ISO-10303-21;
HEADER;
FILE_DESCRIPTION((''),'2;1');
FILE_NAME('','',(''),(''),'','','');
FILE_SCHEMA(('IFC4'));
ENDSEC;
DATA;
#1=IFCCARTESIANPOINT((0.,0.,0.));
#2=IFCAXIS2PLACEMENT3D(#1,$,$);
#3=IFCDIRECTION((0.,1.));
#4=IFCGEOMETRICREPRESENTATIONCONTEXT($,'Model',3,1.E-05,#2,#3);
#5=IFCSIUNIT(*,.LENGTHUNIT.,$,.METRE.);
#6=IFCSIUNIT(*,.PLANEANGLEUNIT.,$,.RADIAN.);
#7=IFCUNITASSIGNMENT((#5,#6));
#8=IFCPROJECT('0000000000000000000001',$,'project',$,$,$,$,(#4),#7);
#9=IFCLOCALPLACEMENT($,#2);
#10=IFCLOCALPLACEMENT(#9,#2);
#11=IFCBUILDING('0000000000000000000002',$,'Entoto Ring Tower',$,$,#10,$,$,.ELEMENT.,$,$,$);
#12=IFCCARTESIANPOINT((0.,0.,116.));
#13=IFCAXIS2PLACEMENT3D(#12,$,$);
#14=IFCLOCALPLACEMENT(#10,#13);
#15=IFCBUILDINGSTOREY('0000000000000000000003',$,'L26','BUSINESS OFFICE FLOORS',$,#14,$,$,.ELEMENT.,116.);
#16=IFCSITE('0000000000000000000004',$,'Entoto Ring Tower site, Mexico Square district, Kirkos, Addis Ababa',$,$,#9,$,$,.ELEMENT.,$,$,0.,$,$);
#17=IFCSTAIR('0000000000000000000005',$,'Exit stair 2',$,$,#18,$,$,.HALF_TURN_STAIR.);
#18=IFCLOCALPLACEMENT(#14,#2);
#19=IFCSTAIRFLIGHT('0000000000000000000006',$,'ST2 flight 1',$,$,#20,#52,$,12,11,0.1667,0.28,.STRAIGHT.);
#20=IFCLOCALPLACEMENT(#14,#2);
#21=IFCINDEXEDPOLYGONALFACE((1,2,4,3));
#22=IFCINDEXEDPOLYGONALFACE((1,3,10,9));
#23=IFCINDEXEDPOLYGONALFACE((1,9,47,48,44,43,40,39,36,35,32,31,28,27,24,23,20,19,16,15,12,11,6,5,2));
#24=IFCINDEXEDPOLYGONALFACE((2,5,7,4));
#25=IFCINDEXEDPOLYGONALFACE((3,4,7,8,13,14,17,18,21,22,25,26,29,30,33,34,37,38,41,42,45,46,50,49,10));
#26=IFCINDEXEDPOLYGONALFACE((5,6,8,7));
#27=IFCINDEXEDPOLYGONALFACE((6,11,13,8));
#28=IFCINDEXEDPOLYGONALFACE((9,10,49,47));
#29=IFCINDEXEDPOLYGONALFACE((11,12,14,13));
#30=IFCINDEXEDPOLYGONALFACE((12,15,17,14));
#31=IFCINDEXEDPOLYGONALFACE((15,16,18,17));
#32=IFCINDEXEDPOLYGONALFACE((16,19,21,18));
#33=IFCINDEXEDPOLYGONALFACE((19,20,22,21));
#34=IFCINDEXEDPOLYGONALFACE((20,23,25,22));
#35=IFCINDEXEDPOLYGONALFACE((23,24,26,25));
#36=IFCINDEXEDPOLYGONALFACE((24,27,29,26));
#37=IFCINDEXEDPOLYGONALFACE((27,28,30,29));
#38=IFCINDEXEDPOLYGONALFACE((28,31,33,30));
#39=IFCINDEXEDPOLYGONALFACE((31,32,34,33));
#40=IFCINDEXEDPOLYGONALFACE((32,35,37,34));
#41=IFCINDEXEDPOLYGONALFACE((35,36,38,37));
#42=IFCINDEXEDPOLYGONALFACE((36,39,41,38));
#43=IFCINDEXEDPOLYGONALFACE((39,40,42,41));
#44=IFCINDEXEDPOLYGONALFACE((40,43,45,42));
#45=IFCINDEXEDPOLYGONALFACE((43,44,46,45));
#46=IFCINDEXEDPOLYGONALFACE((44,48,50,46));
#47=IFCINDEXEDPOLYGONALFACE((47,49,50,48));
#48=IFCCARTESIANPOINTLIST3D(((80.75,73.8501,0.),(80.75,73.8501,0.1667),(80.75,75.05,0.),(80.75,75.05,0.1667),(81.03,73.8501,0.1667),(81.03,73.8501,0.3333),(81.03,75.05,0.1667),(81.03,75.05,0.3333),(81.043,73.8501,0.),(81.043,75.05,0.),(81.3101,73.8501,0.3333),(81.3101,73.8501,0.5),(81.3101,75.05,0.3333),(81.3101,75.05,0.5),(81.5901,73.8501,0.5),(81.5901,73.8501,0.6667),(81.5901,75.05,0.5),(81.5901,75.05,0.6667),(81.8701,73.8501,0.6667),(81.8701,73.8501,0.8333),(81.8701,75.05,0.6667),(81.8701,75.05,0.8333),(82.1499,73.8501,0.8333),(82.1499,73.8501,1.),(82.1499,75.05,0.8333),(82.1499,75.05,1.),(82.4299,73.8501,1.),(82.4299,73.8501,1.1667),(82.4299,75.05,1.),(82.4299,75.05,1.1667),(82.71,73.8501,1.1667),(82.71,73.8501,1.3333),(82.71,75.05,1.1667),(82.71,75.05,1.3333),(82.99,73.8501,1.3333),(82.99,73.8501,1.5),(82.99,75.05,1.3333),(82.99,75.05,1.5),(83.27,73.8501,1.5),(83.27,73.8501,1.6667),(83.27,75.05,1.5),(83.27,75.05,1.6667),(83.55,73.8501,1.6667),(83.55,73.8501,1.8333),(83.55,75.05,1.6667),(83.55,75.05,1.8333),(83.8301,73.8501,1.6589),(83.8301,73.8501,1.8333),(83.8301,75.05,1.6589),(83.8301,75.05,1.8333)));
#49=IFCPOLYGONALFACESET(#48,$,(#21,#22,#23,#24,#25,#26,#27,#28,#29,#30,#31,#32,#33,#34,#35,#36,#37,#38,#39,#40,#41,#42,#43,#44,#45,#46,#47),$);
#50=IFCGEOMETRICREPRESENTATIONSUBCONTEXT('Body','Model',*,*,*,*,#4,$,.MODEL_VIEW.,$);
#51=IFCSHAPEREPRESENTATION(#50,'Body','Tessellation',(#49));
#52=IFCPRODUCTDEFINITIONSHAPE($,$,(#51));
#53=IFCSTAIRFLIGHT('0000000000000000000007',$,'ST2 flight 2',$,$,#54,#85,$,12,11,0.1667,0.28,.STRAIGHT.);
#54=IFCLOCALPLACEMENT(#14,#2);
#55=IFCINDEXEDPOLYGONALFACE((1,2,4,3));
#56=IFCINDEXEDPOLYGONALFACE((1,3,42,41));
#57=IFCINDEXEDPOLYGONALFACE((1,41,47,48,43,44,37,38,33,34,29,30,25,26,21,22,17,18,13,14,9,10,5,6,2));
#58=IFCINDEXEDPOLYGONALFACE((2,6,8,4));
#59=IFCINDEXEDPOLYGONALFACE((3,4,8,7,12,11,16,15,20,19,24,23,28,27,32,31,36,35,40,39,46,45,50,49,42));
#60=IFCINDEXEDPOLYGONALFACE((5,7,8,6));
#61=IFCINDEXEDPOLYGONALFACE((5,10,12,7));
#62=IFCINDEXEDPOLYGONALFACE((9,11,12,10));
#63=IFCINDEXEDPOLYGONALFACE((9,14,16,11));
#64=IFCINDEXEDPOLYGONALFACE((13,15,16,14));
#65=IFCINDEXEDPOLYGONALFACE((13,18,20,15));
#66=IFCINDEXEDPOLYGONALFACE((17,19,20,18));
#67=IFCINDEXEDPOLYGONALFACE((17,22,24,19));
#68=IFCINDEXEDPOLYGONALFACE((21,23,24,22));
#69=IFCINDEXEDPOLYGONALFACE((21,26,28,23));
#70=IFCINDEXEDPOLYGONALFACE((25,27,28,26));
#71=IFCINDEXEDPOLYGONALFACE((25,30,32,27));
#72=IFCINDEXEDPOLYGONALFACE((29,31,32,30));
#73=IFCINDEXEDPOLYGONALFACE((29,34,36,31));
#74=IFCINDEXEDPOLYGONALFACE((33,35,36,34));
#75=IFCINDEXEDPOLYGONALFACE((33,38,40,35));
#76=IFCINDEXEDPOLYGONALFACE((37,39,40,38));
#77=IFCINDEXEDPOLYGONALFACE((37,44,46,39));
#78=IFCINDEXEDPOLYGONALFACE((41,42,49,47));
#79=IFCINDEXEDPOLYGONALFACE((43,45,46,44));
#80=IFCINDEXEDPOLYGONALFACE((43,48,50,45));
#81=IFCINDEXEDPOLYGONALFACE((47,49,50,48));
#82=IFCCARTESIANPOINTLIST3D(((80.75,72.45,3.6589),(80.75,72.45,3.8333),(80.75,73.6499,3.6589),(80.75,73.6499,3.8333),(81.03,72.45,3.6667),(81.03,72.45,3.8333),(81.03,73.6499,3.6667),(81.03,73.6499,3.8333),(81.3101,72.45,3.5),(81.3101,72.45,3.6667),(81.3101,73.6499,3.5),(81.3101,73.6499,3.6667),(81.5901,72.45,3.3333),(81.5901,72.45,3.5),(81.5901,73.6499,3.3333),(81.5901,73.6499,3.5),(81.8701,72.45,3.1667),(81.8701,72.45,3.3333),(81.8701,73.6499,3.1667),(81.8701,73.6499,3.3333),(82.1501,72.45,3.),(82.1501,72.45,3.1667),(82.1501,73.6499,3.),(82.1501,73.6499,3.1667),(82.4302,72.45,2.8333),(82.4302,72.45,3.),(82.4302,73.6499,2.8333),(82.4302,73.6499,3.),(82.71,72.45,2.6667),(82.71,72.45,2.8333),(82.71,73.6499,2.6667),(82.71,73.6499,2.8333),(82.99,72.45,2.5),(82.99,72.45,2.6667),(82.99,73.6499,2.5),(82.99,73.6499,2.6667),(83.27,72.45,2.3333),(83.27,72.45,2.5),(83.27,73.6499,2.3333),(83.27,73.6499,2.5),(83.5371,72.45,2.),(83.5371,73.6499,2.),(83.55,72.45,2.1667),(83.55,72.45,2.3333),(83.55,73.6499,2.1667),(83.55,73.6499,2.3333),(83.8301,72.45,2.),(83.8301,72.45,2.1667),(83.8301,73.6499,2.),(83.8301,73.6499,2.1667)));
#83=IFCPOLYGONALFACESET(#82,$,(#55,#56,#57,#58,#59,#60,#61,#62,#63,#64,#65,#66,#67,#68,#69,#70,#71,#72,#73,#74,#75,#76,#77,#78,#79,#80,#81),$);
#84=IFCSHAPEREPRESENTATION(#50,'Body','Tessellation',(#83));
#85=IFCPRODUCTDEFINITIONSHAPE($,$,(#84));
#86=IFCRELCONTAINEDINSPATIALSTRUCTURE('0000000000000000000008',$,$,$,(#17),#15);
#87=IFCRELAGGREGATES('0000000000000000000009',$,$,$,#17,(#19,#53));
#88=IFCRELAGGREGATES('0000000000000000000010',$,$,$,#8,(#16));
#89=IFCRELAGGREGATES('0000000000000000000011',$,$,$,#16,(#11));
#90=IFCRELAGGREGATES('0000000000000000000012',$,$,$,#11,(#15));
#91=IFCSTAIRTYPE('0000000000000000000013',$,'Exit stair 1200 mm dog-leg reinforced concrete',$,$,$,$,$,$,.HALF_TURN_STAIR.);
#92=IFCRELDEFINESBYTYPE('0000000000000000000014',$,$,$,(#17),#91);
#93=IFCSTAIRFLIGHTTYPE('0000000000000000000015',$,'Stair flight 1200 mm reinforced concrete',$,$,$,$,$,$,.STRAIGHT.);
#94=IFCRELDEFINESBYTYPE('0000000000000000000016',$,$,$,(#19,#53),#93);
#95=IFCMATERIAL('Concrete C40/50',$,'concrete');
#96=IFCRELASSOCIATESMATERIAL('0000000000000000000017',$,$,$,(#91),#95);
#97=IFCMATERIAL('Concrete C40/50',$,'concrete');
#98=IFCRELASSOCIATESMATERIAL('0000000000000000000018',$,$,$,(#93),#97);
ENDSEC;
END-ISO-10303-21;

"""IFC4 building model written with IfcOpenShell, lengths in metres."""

from ifc_helpers import new_model, si_unit, direction, frame, origin, place, context, subcontext, project, spatial, polyline, outline, extrude, material, type_object, element, aggregate, save


model = new_model("IFC4")

# Units and contexts
model_context = context("Model", 3, precision=1e-05, world=origin(), true_north=direction((0.0, 1.0)))
body_context = subcontext(model_context, "Body", "Model", "MODEL_VIEW")
ifc_project = project(units=[si_unit("LENGTHUNIT", "METRE"), si_unit("PLANEANGLEUNIT", "RADIAN")], contexts=[model_context])

# Site, building, storey
site_placement = place(None, origin())
site = spatial("IfcSite", under=ifc_project, at=site_placement, Name="Entoto Ring Tower site, Mexico Square district, Kirkos, Addis Ababa", CompositionType="ELEMENT", RefElevation=0.0)
building_placement = place(site_placement, origin())
building = spatial("IfcBuilding", under=site, at=building_placement, Name="Entoto Ring Tower", CompositionType="ELEMENT")
storey_placement = place(building_placement, frame((0.0, 0.0, 116.0)))
storey = spatial("IfcBuildingStorey", under=building, at=storey_placement, Name="L26", Description="BUSINESS OFFICE FLOORS", CompositionType="ELEMENT", Elevation=116.0)

# Stair, stair flights
ifc_material_1 = material(Name="Concrete C40/50", Category="concrete")
stair_type = type_object("IfcStairType", Name="Exit stair 1200 mm dog-leg reinforced concrete", PredefinedType="HALF_TURN_STAIR", material=ifc_material_1)
stair_placement = place(storey_placement, origin())
stair = element("IfcStair", 1, at=stair_placement, inside=storey, type_object=stair_type, Name="Exit stair 2", PredefinedType="HALF_TURN_STAIR")
ifc_material_2 = material(Name="Concrete C40/50", Category="concrete")
stair_flight_type = type_object("IfcStairFlightType", Name="Stair flight 1200 mm reinforced concrete", PredefinedType="STRAIGHT", material=ifc_material_2)
stair_flight_1_placement = place(storey_placement, frame((80.75, 74.45, 0.0), z_axis=(0.0, 0.0, 1.0), x_axis=(1.0, 0.0, 0.0)))
stair_flight_1 = element("IfcStairFlight", 2, at=stair_flight_1_placement, type_object=stair_flight_type, Name="ST2 flight 1", NumberOfRisers=12, NumberOfTreads=11, PredefinedType="STRAIGHT", RiserHeight=0.1667, TreadLength=0.28, context=body_context, shape_type="SweptSolid", body=[
    extrude(outline(polyline([(0.0, 0.0), (0.0, 0.1667), (0.28, 0.1667), (0.28, 0.3333), (0.5601, 0.3333), (0.5601, 0.5), (0.8401, 0.5), (0.8401, 0.6667), (1.1201, 0.6667), (1.1201, 0.8333), (1.3999, 0.8333), (1.3999, 1.0), (1.6799, 1.0), (1.6799, 1.1667), (1.96, 1.1667), (1.96, 1.3333), (2.24, 1.3333), (2.24, 1.5), (2.52, 1.5), (2.52, 1.6667), (2.8, 1.6667), (2.8, 1.8333), (3.0801, 1.8333), (3.0801, 2.0), (3.0801, 1.6589), (0.293, 0.0), (0.0, 0.0)])), frame((0.0, 0.6001, 0.0), z_axis=(0.0, -1.0, 0.0), x_axis=(1.0, 0.0, 0.0)), (0.0, 0.0, 1.0), 1.2),
])
stair_flight_2_placement = place(storey_placement, frame((83.8301, 73.05, 2.0), z_axis=(0.0, 0.0, 1.0), x_axis=(-1.0, 0.0, 0.0)))
stair_flight_2 = element("IfcStairFlight", 3, at=stair_flight_2_placement, type_object=stair_flight_type, Name="ST2 flight 2", NumberOfRisers=12, NumberOfTreads=11, PredefinedType="STRAIGHT", RiserHeight=0.1667, TreadLength=0.28, context=body_context, shape_type="SweptSolid", body=[
    extrude(outline(polyline([(0.0, 0.0), (0.0, 0.1667), (0.28, 0.1667), (0.28, 0.3333), (0.5601, 0.3333), (0.5601, 0.5), (0.8401, 0.5), (0.8401, 0.6667), (1.1201, 0.6667), (1.1201, 0.8333), (1.3999, 0.8333), (1.3999, 1.0), (1.6799, 1.0), (1.6799, 1.1667), (1.96, 1.1667), (1.96, 1.3333), (2.24, 1.3333), (2.24, 1.5), (2.52, 1.5), (2.52, 1.6667), (2.8, 1.6667), (2.8, 1.8333), (3.0801, 1.8333), (3.0801, 2.0), (3.0801, 1.6589), (0.293, 0.0), (0.0, 0.0)])), frame((0.0, 0.6001, 0.0), z_axis=(0.0, -1.0, 0.0), x_axis=(1.0, 0.0, 0.0)), (0.0, 0.0, 1.0), 1.2),
])
aggregate(stair, [stair_flight_1, stair_flight_2])

save(model, "model.ifc")
